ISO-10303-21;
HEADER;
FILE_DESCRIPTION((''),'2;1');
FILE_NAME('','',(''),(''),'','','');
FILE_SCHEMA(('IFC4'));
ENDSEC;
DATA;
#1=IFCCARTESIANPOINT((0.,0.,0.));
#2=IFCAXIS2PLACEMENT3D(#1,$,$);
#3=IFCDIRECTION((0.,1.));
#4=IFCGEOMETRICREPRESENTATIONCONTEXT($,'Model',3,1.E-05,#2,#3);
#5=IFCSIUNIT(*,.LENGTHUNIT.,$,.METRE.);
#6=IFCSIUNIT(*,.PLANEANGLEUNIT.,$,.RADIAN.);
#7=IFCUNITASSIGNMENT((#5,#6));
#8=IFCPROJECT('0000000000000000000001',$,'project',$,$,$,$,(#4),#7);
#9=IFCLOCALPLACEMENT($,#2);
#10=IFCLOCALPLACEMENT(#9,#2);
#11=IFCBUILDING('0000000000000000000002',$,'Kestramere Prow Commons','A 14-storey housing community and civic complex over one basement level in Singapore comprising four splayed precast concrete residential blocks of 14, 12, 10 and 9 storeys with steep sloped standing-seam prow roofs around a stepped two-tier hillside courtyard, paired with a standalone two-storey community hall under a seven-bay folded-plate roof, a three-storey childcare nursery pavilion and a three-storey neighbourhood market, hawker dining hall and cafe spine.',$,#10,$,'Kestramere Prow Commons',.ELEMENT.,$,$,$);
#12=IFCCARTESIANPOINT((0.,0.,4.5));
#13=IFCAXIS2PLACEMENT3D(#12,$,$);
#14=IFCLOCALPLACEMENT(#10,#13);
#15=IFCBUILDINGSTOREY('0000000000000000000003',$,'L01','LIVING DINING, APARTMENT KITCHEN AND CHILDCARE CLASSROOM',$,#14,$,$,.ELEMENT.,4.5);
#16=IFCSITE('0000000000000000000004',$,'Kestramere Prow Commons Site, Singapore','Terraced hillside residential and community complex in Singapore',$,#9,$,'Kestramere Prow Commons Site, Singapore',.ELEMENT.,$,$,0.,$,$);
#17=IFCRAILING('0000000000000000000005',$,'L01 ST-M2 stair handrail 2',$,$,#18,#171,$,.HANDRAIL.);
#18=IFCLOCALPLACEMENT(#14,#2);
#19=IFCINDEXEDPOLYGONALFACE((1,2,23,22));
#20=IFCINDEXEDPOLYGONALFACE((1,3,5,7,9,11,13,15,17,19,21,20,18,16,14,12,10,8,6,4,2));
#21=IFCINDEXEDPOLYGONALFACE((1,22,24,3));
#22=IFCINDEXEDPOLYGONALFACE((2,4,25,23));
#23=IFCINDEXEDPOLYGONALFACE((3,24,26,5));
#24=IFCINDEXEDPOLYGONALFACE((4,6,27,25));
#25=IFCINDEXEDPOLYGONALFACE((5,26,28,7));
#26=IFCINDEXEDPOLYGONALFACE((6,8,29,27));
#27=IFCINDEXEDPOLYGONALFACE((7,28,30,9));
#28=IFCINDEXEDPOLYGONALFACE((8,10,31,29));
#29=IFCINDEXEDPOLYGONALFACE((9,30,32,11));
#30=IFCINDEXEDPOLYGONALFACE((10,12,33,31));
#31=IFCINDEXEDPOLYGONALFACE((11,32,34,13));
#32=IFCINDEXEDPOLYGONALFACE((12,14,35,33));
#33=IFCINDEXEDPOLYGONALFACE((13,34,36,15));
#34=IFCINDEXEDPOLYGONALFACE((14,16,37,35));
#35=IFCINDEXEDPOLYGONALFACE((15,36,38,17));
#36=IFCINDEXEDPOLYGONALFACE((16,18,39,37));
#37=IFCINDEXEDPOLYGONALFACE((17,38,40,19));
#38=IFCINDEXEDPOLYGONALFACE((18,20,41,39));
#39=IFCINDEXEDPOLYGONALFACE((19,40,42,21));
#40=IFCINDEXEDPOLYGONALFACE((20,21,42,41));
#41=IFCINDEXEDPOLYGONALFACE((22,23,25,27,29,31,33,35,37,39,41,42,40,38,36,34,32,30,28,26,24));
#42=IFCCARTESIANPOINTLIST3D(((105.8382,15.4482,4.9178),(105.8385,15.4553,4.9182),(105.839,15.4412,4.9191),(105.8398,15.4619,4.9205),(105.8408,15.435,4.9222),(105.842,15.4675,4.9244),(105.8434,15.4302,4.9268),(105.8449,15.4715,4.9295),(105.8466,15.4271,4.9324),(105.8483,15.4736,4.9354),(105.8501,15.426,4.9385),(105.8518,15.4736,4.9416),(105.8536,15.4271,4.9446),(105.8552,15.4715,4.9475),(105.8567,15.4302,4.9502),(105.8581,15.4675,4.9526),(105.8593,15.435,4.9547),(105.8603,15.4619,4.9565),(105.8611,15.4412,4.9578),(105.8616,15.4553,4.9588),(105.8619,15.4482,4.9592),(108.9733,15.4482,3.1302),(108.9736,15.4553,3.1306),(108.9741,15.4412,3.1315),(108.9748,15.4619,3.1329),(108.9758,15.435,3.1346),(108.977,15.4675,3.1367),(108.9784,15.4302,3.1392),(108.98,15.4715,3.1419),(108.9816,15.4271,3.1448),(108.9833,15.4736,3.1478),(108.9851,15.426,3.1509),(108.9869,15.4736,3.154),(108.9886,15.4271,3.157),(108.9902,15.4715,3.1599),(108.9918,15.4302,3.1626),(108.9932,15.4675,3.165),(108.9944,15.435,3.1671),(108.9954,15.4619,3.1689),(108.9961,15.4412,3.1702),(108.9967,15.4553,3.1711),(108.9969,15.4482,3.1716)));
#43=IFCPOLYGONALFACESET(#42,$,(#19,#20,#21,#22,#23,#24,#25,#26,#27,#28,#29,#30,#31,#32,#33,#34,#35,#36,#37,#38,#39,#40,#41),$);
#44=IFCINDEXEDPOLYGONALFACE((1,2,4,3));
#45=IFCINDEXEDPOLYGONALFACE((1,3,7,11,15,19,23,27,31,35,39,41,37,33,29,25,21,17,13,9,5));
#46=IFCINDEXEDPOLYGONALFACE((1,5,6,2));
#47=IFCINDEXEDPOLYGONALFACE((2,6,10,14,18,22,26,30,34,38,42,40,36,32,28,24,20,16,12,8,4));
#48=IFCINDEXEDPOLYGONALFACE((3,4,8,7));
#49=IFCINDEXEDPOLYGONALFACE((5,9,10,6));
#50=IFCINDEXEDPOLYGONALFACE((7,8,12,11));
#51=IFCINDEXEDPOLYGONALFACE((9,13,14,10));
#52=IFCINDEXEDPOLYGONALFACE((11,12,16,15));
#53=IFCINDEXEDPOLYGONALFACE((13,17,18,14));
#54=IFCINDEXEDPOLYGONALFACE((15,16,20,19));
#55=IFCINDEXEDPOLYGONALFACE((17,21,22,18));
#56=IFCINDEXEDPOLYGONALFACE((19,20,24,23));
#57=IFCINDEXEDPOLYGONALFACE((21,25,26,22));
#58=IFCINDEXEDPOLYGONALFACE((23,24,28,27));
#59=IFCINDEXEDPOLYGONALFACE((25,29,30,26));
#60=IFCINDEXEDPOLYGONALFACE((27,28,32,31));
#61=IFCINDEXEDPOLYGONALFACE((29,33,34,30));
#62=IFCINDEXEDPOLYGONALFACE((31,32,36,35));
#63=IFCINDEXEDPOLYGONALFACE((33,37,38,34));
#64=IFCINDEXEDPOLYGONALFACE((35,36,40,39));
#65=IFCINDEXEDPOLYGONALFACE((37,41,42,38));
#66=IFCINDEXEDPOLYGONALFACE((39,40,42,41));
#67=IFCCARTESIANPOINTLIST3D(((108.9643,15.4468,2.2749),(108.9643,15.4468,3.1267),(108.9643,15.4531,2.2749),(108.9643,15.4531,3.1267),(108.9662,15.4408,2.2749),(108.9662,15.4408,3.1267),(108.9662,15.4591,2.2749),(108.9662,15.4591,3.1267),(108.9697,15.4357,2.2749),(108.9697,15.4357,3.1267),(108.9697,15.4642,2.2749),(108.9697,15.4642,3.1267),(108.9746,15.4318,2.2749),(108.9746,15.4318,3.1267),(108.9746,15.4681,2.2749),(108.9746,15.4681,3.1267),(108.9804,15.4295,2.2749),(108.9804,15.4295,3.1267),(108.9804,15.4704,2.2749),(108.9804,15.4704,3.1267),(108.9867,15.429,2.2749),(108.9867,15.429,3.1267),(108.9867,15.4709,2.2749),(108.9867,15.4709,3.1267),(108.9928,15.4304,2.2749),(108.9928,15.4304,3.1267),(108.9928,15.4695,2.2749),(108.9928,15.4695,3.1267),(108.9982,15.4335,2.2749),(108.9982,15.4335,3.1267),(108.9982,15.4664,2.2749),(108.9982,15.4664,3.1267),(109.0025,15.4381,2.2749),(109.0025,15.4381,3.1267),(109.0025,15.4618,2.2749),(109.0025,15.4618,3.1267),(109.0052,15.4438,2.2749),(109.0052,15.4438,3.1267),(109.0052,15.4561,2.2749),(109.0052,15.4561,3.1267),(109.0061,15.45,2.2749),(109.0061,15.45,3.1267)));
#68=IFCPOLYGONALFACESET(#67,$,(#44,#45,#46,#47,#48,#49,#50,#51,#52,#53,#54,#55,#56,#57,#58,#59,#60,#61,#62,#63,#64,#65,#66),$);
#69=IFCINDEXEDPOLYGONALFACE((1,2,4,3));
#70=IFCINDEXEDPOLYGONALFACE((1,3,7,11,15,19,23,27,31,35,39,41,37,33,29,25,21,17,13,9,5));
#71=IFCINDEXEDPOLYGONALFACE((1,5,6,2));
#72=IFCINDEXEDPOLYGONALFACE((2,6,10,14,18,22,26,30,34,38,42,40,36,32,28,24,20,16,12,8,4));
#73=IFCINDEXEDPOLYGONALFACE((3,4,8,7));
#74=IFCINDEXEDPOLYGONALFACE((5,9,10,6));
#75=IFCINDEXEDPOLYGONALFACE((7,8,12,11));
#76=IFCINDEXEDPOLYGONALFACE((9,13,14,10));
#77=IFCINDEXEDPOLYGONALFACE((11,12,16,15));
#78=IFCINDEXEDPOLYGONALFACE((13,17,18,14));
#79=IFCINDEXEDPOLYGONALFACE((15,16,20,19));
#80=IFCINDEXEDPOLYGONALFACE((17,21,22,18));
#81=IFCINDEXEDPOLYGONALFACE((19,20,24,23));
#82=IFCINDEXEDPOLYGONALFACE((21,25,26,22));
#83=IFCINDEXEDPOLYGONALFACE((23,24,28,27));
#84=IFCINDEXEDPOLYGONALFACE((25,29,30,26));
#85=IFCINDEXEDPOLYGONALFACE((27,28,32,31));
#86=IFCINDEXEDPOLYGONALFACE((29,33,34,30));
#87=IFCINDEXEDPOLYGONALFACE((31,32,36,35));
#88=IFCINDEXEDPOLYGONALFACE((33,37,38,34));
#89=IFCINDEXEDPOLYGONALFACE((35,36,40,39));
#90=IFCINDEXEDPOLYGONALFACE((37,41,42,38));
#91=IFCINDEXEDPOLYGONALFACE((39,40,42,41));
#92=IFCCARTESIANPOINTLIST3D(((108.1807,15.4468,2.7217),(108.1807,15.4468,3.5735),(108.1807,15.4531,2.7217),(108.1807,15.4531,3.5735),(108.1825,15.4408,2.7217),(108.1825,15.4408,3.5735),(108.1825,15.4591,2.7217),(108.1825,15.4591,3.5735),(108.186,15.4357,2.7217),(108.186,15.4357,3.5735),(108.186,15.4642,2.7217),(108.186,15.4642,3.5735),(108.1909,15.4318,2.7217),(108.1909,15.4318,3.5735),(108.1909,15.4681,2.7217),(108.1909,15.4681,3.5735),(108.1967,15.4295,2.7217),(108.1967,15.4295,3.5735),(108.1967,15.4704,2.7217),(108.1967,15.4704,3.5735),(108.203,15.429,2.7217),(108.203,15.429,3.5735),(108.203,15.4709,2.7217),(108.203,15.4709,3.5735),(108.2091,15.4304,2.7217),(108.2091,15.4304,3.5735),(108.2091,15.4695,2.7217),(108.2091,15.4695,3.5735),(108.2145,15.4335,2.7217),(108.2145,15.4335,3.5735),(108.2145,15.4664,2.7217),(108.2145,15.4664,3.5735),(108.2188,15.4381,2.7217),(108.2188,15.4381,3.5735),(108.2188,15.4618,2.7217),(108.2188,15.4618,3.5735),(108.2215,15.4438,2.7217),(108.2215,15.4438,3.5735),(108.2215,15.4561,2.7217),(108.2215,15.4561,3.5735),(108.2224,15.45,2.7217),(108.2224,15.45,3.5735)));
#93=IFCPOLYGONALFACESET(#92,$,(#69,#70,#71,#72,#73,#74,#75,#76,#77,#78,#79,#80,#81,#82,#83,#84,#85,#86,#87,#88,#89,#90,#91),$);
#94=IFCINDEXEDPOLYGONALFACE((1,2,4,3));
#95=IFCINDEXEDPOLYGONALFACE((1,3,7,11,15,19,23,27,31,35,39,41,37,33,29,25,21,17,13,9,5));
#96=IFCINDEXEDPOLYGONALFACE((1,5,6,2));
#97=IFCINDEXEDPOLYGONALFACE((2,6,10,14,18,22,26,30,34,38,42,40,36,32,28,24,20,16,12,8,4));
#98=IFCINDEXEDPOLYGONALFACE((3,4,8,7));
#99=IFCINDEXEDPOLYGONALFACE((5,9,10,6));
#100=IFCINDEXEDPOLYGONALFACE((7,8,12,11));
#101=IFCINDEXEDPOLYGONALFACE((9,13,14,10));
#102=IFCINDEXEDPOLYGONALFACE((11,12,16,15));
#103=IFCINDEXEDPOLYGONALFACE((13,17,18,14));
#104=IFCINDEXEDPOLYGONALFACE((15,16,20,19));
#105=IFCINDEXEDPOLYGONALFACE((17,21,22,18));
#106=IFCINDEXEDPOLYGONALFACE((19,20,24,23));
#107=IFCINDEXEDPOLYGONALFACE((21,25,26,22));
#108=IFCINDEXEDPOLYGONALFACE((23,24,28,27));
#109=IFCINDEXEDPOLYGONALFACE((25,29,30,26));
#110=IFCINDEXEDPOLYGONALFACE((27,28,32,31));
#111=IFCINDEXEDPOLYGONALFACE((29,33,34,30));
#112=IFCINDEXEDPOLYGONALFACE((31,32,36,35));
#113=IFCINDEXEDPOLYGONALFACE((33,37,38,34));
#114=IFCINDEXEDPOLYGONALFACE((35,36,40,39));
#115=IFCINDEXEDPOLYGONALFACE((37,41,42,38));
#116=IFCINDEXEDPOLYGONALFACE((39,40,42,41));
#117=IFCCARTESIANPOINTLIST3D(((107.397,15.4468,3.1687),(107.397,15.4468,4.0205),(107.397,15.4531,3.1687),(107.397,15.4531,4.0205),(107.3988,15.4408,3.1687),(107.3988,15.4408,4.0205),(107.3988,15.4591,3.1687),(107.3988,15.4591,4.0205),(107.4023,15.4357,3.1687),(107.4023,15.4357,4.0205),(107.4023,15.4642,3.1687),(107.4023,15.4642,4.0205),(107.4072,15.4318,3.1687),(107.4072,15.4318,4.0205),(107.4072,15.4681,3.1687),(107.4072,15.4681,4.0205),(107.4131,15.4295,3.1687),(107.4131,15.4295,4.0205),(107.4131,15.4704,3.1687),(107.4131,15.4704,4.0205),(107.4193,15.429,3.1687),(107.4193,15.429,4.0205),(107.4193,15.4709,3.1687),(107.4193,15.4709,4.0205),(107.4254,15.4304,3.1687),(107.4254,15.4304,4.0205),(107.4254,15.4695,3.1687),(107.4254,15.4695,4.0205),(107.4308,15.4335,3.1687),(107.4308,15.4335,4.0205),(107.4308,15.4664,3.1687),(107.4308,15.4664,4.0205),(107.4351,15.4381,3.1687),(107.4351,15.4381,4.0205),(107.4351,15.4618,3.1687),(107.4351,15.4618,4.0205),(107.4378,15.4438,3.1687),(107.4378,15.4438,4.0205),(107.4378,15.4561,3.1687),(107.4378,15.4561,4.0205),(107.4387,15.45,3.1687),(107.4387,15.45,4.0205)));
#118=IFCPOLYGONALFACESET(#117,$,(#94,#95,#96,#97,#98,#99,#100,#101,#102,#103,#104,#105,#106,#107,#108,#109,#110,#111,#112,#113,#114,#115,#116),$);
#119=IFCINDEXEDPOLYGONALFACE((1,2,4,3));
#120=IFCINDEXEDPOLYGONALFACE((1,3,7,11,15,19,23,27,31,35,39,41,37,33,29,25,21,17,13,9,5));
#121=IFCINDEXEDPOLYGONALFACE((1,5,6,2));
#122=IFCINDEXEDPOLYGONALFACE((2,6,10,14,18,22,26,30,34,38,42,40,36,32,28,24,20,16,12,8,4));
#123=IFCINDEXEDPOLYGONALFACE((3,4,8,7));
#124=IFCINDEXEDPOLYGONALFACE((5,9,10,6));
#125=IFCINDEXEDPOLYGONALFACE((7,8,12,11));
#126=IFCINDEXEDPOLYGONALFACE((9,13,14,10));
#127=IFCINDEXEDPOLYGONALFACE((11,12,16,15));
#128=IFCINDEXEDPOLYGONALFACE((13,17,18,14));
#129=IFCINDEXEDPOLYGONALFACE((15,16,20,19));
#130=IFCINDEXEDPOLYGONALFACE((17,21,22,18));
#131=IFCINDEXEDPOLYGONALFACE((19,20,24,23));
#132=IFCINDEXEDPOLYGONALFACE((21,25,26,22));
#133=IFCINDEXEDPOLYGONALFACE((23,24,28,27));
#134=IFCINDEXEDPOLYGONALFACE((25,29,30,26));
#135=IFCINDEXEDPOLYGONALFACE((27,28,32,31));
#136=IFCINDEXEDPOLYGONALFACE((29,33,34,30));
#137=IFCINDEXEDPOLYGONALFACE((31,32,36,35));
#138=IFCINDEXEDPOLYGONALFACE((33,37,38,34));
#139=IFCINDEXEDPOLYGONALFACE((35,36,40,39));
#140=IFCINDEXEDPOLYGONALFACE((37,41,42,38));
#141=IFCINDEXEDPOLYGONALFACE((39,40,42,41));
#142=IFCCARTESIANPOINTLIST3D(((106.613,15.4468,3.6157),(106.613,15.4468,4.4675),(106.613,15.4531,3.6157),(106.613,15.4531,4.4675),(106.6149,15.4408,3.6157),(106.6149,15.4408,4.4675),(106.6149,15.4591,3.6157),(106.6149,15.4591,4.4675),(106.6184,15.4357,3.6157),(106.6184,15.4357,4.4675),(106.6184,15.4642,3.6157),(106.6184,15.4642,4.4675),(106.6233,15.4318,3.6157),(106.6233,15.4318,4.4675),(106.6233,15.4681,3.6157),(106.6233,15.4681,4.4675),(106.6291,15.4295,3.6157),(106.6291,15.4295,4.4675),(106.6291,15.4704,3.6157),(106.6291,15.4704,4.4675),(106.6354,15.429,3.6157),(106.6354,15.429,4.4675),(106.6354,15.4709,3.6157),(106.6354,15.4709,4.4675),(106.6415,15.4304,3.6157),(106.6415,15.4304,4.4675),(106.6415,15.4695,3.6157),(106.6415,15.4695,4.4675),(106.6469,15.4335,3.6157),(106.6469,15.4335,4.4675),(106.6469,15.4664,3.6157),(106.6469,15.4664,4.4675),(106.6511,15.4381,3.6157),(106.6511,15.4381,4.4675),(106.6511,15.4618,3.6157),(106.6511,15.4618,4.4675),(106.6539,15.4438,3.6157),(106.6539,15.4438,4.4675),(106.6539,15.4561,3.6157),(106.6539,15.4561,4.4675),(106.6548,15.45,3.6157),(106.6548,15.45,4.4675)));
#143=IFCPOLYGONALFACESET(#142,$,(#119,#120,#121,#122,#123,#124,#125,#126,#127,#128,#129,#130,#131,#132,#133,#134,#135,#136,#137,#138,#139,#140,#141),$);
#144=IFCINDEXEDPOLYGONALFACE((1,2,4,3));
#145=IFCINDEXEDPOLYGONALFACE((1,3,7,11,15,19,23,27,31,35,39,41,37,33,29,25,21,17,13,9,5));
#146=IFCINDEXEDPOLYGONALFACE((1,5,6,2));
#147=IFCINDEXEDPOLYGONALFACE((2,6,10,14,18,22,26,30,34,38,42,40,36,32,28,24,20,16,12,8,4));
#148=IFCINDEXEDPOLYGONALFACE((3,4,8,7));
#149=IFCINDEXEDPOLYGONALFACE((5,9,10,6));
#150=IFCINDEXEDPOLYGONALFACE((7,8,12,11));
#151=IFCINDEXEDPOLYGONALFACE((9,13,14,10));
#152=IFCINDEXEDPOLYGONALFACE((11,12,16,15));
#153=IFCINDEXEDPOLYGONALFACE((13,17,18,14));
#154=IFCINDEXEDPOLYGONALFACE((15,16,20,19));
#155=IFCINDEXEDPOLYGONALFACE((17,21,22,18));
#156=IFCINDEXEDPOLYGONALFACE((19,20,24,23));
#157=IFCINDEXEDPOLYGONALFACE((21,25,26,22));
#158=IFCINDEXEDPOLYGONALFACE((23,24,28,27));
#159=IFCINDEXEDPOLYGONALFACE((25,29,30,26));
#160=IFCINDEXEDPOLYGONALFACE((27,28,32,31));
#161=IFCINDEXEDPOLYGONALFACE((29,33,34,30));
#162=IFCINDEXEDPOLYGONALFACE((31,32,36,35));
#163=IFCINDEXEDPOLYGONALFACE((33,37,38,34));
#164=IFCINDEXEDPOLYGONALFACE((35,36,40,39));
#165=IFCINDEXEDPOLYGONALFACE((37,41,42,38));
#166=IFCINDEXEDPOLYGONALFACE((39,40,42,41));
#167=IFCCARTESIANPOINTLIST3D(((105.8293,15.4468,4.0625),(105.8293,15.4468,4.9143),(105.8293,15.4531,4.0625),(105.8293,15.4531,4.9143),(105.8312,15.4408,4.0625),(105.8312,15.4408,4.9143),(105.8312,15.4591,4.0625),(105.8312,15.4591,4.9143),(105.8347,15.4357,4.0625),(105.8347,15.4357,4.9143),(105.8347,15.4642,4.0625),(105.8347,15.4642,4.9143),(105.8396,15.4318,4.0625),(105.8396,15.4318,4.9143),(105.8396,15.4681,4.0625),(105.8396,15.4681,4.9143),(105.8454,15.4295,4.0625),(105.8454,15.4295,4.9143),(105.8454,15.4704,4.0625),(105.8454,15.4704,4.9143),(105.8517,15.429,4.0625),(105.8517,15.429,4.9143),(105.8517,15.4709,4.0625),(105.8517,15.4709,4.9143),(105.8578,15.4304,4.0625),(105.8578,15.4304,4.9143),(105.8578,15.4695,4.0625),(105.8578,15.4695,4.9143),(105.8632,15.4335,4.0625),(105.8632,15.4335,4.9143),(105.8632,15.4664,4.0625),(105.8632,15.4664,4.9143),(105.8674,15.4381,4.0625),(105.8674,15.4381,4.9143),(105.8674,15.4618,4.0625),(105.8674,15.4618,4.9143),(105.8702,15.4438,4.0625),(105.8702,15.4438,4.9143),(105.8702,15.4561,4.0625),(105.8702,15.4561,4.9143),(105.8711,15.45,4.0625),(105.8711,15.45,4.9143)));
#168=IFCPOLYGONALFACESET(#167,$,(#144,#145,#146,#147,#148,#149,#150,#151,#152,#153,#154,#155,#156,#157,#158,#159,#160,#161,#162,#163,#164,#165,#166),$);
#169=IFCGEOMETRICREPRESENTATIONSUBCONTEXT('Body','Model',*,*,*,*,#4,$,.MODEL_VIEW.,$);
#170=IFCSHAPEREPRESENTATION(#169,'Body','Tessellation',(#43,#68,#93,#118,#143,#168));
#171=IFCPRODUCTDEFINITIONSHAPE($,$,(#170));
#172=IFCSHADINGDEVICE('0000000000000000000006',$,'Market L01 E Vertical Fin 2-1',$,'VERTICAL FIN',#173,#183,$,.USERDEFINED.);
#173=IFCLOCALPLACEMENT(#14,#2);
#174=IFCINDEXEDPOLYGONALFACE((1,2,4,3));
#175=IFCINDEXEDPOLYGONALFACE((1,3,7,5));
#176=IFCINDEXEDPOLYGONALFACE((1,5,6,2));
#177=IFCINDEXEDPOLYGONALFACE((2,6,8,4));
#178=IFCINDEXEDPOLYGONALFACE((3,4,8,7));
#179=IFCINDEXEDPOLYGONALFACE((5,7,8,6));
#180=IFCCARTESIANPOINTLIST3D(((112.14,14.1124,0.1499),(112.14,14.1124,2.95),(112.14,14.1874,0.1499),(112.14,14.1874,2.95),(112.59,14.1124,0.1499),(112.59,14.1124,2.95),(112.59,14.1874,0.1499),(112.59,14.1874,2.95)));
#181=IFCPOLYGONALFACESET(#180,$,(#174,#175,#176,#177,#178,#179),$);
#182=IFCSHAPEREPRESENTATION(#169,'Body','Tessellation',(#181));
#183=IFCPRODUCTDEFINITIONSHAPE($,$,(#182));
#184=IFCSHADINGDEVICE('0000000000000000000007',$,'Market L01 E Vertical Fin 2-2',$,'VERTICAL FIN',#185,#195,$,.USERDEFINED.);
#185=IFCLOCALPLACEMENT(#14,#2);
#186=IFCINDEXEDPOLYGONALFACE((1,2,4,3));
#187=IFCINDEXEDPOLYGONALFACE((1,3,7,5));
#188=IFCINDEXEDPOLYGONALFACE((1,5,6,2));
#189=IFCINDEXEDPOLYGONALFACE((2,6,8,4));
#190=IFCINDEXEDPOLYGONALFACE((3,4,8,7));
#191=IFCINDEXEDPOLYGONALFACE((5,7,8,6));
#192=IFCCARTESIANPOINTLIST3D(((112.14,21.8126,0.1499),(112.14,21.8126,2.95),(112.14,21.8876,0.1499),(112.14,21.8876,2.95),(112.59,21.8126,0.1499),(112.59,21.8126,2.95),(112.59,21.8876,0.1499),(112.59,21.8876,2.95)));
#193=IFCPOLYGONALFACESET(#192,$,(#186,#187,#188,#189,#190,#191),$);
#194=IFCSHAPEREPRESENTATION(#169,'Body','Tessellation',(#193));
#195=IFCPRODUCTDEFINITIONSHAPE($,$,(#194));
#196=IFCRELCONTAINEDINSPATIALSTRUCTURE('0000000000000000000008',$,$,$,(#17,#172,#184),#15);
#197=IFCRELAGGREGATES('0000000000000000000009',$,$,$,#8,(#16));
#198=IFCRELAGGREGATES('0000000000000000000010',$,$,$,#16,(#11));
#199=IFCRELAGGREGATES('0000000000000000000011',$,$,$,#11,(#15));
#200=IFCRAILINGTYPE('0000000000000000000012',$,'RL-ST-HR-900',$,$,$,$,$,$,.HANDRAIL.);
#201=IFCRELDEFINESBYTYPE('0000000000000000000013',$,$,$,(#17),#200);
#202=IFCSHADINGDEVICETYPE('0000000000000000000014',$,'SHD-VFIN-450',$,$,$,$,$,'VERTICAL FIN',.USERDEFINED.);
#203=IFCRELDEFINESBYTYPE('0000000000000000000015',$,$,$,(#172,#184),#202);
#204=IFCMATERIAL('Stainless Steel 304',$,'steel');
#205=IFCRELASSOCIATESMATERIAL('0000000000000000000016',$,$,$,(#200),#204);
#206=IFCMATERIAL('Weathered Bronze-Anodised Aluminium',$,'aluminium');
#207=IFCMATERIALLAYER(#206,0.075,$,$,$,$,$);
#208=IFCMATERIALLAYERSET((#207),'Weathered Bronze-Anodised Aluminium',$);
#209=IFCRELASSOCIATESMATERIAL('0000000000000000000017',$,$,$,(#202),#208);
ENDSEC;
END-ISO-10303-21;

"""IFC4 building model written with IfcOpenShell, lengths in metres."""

from ifc_helpers import new_model, si_unit, direction, frame, origin, origin_2d, place, context, subcontext, project, spatial, rectangle, circle, extrude, material, layer, layer_set, type_object, element, save


model = new_model("IFC4")

# Units and contexts
model_context = context("Model", 3, precision=1e-05, world=origin(), true_north=direction((0.0, 1.0)))
body_context = subcontext(model_context, "Body", "Model", "MODEL_VIEW")
ifc_project = project(units=[si_unit("LENGTHUNIT", "METRE"), si_unit("PLANEANGLEUNIT", "RADIAN")], contexts=[model_context])

# Site, building, storey
site_placement = place(None, origin())
site = spatial("IfcSite", under=ifc_project, at=site_placement, Name="Kestramere Prow Commons Site, Singapore", Description="Terraced hillside residential and community complex in Singapore", LongName="Kestramere Prow Commons Site, Singapore", CompositionType="ELEMENT", RefElevation=0.0)
building_placement = place(site_placement, origin())
building = spatial("IfcBuilding", under=site, at=building_placement, Name="Kestramere Prow Commons", Description="A 14-storey housing community and civic complex over one basement level in Singapore comprising four splayed precast concrete residential blocks of 14, 12, 10 and 9 storeys with steep sloped standing-seam prow roofs around a stepped two-tier hillside courtyard, paired with a standalone two-storey community hall under a seven-bay folded-plate roof, a three-storey childcare nursery pavilion and a three-storey neighbourhood market, hawker dining hall and cafe spine.", LongName="Kestramere Prow Commons", CompositionType="ELEMENT")
storey_placement = place(building_placement, frame((0.0, 0.0, 4.5)))
storey = spatial("IfcBuildingStorey", under=building, at=storey_placement, Name="L01", Description="LIVING DINING, APARTMENT KITCHEN AND CHILDCARE CLASSROOM", CompositionType="ELEMENT", Elevation=4.5)

# Railing
ifc_material_1 = material(Name="Stainless Steel 304", Category="steel")
railing_type_1 = type_object("IfcRailingType", Name="RL-ST-HR-900", PredefinedType="HANDRAIL", material=ifc_material_1)
railing_1_placement = place(storey_placement, frame((108.9851, 15.45, 2.2749)))
element("IfcRailing", 1, at=railing_1_placement, inside=storey, type_object=railing_type_1, Name="L01 ST-M2 stair handrail 2", PredefinedType="HANDRAIL", context=body_context, shape_type="SweptSolid", body=[
    extrude(circle(Radius=0.0239, at=origin_2d()), frame((0.0, 0.0, 0.876), z_axis=(-0.868701, 0.0, 0.495337), x_axis=(0.0, -1.0, 0.0)), (0.0, 0.0, 1.0), 3.6089),
    extrude(circle(Radius=0.021, at=origin_2d()), origin(), (0.0, 0.0, 1.0), 0.8518),
    extrude(circle(Radius=0.021, at=origin_2d()), frame((-0.7837, 0.0, 0.4468)), (0.0, 0.0, 1.0), 0.8518),
    extrude(circle(Radius=0.021, at=origin_2d()), frame((-1.5674, 0.0, 0.8938)), (0.0, 0.0, 1.0), 0.8518),
    extrude(circle(Radius=0.021, at=origin_2d()), frame((-2.3513, 0.0, 1.3408)), (0.0, 0.0, 1.0), 0.8518),
    extrude(circle(Radius=0.021, at=origin_2d()), frame((-3.135, 0.0, 1.7876)), (0.0, 0.0, 1.0), 0.8518),
])

# Shading devices
ifc_material_2 = material(Name="Weathered Bronze-Anodised Aluminium", Category="aluminium")
ifc_layer_1 = layer(ifc_material_2, 0.075)
ifc_layer_set_1 = layer_set([ifc_layer_1], Name="Weathered Bronze-Anodised Aluminium")
shading_device_type = type_object("IfcShadingDeviceType", Name="SHD-VFIN-450", ElementType="VERTICAL FIN", PredefinedType="USERDEFINED", material=ifc_layer_set_1)
for number, where, z_axis, x_axis, name in (
    (2, (112.365, 14.1499, 0.1499), (0.0, 0.0, 1.0), (1.0, 0.0, 0.0), "Market L01 E Vertical Fin 2-1"),
    (3, (112.365, 21.8501, 0.1499), (0.0, 0.0, 1.0), (1.0, 0.0, 0.0), "Market L01 E Vertical Fin 2-2"),
):
    element("IfcShadingDevice", number, at=place(storey_placement, frame(where, z_axis=z_axis, x_axis=x_axis)), inside=storey, type_object=shading_device_type, Name=name, ObjectType="VERTICAL FIN", PredefinedType="USERDEFINED", context=body_context, shape_type="SweptSolid", body=[
        extrude(rectangle(XDim=0.45, YDim=0.075, at=origin_2d()), origin(), (0.0, 0.0, 1.0), 2.8),
    ])

save(model, "model.ifc")
